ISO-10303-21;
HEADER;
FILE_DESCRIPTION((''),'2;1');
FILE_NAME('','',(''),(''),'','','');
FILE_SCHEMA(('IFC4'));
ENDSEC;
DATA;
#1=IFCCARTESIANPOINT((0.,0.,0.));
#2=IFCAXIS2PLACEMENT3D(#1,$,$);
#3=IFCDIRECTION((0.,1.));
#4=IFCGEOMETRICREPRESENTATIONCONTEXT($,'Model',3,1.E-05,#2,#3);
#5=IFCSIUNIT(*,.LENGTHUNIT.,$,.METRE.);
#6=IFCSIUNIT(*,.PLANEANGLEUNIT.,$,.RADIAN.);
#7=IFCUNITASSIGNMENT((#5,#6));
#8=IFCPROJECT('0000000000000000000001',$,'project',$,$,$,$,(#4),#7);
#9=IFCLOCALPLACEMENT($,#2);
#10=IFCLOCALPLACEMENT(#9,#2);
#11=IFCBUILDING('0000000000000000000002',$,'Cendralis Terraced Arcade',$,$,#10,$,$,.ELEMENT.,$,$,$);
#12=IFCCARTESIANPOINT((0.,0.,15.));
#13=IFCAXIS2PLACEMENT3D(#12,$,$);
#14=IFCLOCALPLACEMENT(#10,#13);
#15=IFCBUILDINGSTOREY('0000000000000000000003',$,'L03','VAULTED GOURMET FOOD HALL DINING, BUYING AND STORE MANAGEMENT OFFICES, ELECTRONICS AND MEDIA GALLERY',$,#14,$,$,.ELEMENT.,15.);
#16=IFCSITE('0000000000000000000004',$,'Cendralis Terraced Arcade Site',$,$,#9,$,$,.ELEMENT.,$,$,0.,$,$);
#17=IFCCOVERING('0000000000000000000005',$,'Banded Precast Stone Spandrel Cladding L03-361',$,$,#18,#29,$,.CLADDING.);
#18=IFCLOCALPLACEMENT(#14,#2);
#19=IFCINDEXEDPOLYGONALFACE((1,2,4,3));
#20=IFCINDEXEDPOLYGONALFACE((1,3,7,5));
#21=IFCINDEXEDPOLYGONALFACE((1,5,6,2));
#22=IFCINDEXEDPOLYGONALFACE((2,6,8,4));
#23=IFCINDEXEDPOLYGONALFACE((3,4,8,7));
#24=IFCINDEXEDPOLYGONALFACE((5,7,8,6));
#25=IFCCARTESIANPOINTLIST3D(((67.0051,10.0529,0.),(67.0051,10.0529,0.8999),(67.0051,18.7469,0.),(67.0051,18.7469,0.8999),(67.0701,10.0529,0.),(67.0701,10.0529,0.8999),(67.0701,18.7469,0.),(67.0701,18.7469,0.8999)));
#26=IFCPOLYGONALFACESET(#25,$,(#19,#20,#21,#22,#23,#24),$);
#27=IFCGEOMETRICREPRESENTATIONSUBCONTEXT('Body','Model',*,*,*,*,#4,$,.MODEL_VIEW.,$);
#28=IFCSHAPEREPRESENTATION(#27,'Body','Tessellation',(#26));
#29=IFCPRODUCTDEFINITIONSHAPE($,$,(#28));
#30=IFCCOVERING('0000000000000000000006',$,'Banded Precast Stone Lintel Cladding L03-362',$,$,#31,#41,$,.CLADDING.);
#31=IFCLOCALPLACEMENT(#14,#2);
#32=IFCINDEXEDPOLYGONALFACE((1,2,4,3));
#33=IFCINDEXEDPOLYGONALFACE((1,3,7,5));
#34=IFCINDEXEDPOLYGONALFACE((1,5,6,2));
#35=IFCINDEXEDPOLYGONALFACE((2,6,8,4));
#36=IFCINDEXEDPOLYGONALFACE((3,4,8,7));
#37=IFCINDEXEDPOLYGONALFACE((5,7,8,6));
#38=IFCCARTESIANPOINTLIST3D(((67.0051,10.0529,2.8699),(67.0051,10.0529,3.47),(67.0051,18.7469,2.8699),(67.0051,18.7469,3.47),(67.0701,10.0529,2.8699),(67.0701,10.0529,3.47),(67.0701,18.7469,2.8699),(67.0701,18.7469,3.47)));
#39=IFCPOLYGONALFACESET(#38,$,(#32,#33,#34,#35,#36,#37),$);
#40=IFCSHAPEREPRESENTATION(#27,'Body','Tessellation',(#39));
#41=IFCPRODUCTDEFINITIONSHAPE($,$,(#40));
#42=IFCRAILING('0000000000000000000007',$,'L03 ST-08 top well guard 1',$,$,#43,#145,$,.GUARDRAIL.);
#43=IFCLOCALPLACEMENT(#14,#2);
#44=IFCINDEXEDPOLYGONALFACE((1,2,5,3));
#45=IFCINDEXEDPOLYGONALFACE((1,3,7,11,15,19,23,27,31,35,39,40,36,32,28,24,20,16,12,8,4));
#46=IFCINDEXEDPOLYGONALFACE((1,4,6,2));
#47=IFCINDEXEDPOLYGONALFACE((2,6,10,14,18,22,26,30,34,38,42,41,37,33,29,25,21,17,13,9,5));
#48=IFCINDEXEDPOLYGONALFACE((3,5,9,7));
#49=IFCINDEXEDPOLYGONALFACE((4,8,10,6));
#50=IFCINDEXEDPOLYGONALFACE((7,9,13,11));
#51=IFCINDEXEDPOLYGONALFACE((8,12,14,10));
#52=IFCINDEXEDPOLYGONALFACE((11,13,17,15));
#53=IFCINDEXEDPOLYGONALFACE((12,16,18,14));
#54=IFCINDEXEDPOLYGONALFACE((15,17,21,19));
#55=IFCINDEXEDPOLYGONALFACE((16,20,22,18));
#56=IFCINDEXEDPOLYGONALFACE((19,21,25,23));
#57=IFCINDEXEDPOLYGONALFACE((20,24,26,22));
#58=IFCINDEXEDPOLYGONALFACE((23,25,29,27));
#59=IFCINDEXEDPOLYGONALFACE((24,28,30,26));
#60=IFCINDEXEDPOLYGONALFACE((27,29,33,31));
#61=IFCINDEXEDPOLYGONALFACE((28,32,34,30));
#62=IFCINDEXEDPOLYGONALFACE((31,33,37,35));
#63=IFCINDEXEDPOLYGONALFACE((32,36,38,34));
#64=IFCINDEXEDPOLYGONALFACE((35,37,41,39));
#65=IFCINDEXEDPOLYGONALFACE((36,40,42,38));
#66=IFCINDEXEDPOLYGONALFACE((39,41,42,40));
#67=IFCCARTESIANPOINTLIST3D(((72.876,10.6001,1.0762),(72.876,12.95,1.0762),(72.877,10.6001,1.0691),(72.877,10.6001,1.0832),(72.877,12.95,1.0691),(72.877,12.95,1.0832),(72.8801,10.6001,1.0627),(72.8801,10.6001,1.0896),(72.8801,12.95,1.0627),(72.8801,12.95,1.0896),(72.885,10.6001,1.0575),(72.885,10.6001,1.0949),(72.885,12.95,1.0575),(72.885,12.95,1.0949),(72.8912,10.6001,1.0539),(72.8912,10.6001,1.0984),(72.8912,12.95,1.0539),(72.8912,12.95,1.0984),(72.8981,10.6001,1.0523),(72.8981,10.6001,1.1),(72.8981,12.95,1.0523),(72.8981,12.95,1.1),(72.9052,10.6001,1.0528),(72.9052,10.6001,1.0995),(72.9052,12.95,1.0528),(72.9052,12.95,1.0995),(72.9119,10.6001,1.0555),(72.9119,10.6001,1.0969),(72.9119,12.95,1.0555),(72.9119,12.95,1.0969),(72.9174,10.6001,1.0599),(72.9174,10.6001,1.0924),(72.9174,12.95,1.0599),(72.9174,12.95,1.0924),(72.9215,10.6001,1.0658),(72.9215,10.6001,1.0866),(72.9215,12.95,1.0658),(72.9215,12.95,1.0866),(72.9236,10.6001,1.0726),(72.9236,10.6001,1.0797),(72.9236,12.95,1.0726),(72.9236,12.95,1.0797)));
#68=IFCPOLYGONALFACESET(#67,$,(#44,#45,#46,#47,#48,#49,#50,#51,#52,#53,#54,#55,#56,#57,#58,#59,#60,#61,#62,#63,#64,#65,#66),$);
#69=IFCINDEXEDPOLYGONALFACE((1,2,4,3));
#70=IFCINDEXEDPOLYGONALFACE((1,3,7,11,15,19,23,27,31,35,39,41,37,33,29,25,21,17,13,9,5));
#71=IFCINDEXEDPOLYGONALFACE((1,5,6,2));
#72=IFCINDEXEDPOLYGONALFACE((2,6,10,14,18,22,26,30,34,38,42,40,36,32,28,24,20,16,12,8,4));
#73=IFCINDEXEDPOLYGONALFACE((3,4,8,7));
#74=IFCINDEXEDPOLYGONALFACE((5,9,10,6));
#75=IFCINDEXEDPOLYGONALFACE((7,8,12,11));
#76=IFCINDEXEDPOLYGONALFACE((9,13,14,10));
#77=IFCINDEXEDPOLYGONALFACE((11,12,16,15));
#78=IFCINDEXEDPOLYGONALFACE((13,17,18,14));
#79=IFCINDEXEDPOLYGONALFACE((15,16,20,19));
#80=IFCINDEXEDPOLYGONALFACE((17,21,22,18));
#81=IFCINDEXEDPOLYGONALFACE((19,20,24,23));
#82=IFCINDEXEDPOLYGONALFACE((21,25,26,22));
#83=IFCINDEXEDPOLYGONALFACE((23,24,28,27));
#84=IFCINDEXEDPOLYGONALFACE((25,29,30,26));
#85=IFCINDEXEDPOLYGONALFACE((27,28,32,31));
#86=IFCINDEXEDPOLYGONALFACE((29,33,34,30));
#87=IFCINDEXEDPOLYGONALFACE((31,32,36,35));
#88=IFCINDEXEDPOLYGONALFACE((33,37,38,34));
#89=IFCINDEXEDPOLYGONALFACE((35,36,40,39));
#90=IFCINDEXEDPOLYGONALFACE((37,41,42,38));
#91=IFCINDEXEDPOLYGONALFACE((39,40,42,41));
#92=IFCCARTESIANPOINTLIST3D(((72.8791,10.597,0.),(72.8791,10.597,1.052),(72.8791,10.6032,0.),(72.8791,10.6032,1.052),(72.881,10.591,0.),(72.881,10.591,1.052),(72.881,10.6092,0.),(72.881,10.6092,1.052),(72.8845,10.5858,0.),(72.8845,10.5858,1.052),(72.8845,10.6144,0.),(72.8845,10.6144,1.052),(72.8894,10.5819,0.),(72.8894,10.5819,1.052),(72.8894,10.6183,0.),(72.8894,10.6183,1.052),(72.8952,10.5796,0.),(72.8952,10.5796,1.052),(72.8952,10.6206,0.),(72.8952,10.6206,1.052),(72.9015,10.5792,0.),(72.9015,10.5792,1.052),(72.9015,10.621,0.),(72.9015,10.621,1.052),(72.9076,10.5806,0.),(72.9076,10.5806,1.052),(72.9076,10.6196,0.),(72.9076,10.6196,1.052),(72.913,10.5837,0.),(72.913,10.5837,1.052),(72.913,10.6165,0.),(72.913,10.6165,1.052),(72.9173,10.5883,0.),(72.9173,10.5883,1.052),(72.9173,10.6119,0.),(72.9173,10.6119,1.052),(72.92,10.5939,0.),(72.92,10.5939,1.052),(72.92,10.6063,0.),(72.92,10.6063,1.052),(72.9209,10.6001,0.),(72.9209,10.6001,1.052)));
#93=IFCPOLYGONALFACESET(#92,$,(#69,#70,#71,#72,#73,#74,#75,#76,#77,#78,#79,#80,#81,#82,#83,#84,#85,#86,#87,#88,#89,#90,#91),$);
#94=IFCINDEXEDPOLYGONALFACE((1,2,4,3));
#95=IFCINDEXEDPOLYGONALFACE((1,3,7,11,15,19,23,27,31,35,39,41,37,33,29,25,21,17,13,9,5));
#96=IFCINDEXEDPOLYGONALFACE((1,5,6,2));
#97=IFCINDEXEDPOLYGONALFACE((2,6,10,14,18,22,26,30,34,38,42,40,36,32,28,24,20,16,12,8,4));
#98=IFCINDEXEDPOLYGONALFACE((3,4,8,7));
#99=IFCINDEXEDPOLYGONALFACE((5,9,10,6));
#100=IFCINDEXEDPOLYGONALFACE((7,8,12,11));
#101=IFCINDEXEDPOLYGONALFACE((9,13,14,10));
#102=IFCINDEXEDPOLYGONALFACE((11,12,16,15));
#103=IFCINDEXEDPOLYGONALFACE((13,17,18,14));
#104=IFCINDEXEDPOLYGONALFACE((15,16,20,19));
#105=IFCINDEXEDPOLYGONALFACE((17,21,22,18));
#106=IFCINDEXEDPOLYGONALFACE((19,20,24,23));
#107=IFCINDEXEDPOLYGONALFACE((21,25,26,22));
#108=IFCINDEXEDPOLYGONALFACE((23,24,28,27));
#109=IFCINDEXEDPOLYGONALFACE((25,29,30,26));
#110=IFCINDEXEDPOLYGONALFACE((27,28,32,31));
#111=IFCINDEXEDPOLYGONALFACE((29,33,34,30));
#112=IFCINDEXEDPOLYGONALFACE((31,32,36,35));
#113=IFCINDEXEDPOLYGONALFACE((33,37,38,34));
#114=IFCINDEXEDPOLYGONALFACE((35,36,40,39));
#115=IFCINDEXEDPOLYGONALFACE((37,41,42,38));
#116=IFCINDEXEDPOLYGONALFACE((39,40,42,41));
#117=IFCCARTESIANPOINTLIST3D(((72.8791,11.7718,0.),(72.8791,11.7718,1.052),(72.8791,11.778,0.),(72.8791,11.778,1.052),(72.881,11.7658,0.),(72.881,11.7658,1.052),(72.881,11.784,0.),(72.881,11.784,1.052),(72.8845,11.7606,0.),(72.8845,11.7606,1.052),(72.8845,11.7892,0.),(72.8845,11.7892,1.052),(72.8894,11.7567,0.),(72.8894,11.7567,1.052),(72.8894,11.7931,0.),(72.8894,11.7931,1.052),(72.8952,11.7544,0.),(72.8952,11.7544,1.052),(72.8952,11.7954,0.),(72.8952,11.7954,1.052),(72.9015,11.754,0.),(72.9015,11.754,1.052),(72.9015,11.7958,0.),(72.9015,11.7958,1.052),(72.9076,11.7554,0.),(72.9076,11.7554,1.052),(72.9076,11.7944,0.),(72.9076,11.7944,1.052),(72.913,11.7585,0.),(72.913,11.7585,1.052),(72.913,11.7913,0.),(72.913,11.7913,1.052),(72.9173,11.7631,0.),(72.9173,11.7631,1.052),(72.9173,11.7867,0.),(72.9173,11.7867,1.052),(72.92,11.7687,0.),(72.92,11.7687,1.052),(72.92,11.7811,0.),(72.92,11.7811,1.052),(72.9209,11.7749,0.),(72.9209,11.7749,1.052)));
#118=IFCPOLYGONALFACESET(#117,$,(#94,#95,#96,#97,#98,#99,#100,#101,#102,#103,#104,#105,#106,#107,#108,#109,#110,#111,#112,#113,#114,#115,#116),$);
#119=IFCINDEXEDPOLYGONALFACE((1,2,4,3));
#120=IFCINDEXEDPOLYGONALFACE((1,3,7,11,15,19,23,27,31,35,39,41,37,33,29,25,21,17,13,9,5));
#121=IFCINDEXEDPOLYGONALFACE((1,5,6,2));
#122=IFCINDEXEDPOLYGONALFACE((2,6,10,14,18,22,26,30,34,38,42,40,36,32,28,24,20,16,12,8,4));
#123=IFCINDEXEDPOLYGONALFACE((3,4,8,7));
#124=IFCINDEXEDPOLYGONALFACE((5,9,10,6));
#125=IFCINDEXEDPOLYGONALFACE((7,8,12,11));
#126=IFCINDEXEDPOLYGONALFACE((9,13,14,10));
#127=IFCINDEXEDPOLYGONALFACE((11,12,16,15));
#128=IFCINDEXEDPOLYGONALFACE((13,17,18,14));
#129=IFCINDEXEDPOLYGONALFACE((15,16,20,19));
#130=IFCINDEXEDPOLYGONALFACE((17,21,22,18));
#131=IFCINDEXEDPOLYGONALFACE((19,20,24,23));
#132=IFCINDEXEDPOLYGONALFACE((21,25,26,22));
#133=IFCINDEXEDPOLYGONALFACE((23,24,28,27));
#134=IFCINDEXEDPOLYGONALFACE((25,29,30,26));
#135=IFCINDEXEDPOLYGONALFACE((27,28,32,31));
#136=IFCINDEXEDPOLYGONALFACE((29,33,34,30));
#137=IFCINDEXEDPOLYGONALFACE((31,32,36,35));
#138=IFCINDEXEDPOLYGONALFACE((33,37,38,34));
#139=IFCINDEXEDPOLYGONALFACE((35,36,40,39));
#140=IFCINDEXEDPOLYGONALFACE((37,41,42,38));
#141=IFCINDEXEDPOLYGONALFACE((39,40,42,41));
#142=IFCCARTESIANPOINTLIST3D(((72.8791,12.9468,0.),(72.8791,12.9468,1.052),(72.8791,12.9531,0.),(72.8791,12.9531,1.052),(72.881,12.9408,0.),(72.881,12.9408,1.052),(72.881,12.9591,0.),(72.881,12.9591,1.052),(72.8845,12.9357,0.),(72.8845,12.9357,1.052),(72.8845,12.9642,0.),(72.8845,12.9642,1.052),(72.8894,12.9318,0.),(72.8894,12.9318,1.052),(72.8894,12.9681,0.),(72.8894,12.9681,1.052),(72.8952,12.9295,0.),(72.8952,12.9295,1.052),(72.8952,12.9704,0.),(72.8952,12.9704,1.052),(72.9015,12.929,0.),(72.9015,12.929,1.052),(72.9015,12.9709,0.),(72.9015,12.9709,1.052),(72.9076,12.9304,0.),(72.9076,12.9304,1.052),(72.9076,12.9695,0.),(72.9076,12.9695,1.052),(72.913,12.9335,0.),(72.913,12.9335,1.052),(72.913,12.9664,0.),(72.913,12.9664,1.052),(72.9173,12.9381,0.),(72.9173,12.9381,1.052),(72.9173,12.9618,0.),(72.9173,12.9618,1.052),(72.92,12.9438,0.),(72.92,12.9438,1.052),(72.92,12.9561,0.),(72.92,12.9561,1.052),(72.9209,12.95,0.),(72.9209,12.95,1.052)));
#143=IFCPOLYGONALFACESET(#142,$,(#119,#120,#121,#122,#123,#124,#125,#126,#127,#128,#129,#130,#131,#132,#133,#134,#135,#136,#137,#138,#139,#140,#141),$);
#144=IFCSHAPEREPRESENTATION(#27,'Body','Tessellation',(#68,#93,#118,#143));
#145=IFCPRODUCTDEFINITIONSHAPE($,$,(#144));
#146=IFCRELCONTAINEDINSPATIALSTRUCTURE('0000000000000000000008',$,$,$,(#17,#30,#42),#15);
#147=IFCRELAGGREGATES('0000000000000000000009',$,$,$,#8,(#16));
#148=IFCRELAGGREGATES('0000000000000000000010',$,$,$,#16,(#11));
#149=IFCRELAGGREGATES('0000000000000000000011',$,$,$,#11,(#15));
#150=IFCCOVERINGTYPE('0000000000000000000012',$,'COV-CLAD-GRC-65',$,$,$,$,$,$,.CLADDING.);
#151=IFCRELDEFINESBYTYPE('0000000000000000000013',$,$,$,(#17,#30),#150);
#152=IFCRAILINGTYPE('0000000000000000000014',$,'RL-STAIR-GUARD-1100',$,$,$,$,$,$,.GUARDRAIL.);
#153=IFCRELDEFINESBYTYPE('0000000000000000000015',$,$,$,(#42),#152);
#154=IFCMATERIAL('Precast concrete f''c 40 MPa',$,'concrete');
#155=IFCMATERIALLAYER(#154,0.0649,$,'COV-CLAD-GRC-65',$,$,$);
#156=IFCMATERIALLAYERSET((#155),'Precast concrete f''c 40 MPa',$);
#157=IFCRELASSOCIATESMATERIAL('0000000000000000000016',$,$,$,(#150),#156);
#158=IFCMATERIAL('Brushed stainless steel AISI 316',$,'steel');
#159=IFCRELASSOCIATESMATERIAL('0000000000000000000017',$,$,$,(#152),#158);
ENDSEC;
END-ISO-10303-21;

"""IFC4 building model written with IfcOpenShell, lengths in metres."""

from ifc_helpers import new_model, si_unit, direction, frame, origin, origin_2d, place, context, subcontext, project, spatial, rectangle, circle, extrude, material, layer, layer_set, type_object, element, save


model = new_model("IFC4")

# Units and contexts
model_context = context("Model", 3, precision=1e-05, world=origin(), true_north=direction((0.0, 1.0)))
body_context = subcontext(model_context, "Body", "Model", "MODEL_VIEW")
ifc_project = project(units=[si_unit("LENGTHUNIT", "METRE"), si_unit("PLANEANGLEUNIT", "RADIAN")], contexts=[model_context])

# Site, building, storey
site_placement = place(None, origin())
site = spatial("IfcSite", under=ifc_project, at=site_placement, Name="Cendralis Terraced Arcade Site", CompositionType="ELEMENT", RefElevation=0.0)
building_placement = place(site_placement, origin())
building = spatial("IfcBuilding", under=site, at=building_placement, Name="Cendralis Terraced Arcade", CompositionType="ELEMENT")
storey_placement = place(building_placement, frame((0.0, 0.0, 15.0)))
storey = spatial("IfcBuildingStorey", under=building, at=storey_placement, Name="L03", Description="VAULTED GOURMET FOOD HALL DINING, BUYING AND STORE MANAGEMENT OFFICES, ELECTRONICS AND MEDIA GALLERY", CompositionType="ELEMENT", Elevation=15.0)

# Shared definitions
ifc_material_1 = material(Name="Precast concrete f'c 40 MPa", Category="concrete")

# Coverings
ifc_layer_1 = layer(ifc_material_1, 0.0649, Name="COV-CLAD-GRC-65")
ifc_layer_set_1 = layer_set([ifc_layer_1], Name="Precast concrete f'c 40 MPa")
covering_type = type_object("IfcCoveringType", Name="COV-CLAD-GRC-65", PredefinedType="CLADDING", material=ifc_layer_set_1)
covering_1_placement = place(storey_placement, frame((67.0376, 14.3999, 0.0), z_axis=(0.0, 0.0, 1.0), x_axis=(0.0, 1.0, 0.0)))
element("IfcCovering", 1, at=covering_1_placement, inside=storey, type_object=covering_type, Name="Banded Precast Stone Spandrel Cladding L03-361", PredefinedType="CLADDING", context=body_context, shape_type="SweptSolid", body=[
    extrude(rectangle(XDim=8.6941, YDim=0.0649, at=origin_2d()), origin(), (0.0, 0.0, 1.0), 0.8999),
])
covering_2_placement = place(storey_placement, frame((67.0376, 14.3999, 2.8699), z_axis=(0.0, 0.0, 1.0), x_axis=(0.0, 1.0, 0.0)))
element("IfcCovering", 2, at=covering_2_placement, inside=storey, type_object=covering_type, Name="Banded Precast Stone Lintel Cladding L03-362", PredefinedType="CLADDING", context=body_context, shape_type="SweptSolid", body=[
    extrude(rectangle(XDim=8.6941, YDim=0.0649, at=origin_2d()), origin(), (0.0, 0.0, 1.0), 0.6001),
])

# Railing
ifc_material_2 = material(Name="Brushed stainless steel AISI 316", Category="steel")
railing_type = type_object("IfcRailingType", Name="RL-STAIR-GUARD-1100", PredefinedType="GUARDRAIL", material=ifc_material_2)
railing_placement = place(storey_placement, frame((72.8999, 10.6001, 0.0)))
element("IfcRailing", 3, at=railing_placement, inside=storey, type_object=railing_type, Name="L03 ST-08 top well guard 1", PredefinedType="GUARDRAIL", context=body_context, shape_type="SweptSolid", body=[
    extrude(circle(Radius=0.0239, at=origin_2d()), frame((0.0, 0.0, 1.0762), z_axis=(0.0, 1.0, 0.0), x_axis=(-1.0, 0.0, 0.0)), (0.0, 0.0, 1.0), 2.3499),
    extrude(circle(Radius=0.021, at=origin_2d()), origin(), (0.0, 0.0, 1.0), 1.052),
    extrude(circle(Radius=0.021, at=origin_2d()), frame((0.0, 1.1748, 0.0)), (0.0, 0.0, 1.0), 1.052),
    extrude(circle(Radius=0.021, at=origin_2d()), frame((0.0, 2.3499, 0.0)), (0.0, 0.0, 1.0), 1.052),
])

save(model, "model.ifc")
